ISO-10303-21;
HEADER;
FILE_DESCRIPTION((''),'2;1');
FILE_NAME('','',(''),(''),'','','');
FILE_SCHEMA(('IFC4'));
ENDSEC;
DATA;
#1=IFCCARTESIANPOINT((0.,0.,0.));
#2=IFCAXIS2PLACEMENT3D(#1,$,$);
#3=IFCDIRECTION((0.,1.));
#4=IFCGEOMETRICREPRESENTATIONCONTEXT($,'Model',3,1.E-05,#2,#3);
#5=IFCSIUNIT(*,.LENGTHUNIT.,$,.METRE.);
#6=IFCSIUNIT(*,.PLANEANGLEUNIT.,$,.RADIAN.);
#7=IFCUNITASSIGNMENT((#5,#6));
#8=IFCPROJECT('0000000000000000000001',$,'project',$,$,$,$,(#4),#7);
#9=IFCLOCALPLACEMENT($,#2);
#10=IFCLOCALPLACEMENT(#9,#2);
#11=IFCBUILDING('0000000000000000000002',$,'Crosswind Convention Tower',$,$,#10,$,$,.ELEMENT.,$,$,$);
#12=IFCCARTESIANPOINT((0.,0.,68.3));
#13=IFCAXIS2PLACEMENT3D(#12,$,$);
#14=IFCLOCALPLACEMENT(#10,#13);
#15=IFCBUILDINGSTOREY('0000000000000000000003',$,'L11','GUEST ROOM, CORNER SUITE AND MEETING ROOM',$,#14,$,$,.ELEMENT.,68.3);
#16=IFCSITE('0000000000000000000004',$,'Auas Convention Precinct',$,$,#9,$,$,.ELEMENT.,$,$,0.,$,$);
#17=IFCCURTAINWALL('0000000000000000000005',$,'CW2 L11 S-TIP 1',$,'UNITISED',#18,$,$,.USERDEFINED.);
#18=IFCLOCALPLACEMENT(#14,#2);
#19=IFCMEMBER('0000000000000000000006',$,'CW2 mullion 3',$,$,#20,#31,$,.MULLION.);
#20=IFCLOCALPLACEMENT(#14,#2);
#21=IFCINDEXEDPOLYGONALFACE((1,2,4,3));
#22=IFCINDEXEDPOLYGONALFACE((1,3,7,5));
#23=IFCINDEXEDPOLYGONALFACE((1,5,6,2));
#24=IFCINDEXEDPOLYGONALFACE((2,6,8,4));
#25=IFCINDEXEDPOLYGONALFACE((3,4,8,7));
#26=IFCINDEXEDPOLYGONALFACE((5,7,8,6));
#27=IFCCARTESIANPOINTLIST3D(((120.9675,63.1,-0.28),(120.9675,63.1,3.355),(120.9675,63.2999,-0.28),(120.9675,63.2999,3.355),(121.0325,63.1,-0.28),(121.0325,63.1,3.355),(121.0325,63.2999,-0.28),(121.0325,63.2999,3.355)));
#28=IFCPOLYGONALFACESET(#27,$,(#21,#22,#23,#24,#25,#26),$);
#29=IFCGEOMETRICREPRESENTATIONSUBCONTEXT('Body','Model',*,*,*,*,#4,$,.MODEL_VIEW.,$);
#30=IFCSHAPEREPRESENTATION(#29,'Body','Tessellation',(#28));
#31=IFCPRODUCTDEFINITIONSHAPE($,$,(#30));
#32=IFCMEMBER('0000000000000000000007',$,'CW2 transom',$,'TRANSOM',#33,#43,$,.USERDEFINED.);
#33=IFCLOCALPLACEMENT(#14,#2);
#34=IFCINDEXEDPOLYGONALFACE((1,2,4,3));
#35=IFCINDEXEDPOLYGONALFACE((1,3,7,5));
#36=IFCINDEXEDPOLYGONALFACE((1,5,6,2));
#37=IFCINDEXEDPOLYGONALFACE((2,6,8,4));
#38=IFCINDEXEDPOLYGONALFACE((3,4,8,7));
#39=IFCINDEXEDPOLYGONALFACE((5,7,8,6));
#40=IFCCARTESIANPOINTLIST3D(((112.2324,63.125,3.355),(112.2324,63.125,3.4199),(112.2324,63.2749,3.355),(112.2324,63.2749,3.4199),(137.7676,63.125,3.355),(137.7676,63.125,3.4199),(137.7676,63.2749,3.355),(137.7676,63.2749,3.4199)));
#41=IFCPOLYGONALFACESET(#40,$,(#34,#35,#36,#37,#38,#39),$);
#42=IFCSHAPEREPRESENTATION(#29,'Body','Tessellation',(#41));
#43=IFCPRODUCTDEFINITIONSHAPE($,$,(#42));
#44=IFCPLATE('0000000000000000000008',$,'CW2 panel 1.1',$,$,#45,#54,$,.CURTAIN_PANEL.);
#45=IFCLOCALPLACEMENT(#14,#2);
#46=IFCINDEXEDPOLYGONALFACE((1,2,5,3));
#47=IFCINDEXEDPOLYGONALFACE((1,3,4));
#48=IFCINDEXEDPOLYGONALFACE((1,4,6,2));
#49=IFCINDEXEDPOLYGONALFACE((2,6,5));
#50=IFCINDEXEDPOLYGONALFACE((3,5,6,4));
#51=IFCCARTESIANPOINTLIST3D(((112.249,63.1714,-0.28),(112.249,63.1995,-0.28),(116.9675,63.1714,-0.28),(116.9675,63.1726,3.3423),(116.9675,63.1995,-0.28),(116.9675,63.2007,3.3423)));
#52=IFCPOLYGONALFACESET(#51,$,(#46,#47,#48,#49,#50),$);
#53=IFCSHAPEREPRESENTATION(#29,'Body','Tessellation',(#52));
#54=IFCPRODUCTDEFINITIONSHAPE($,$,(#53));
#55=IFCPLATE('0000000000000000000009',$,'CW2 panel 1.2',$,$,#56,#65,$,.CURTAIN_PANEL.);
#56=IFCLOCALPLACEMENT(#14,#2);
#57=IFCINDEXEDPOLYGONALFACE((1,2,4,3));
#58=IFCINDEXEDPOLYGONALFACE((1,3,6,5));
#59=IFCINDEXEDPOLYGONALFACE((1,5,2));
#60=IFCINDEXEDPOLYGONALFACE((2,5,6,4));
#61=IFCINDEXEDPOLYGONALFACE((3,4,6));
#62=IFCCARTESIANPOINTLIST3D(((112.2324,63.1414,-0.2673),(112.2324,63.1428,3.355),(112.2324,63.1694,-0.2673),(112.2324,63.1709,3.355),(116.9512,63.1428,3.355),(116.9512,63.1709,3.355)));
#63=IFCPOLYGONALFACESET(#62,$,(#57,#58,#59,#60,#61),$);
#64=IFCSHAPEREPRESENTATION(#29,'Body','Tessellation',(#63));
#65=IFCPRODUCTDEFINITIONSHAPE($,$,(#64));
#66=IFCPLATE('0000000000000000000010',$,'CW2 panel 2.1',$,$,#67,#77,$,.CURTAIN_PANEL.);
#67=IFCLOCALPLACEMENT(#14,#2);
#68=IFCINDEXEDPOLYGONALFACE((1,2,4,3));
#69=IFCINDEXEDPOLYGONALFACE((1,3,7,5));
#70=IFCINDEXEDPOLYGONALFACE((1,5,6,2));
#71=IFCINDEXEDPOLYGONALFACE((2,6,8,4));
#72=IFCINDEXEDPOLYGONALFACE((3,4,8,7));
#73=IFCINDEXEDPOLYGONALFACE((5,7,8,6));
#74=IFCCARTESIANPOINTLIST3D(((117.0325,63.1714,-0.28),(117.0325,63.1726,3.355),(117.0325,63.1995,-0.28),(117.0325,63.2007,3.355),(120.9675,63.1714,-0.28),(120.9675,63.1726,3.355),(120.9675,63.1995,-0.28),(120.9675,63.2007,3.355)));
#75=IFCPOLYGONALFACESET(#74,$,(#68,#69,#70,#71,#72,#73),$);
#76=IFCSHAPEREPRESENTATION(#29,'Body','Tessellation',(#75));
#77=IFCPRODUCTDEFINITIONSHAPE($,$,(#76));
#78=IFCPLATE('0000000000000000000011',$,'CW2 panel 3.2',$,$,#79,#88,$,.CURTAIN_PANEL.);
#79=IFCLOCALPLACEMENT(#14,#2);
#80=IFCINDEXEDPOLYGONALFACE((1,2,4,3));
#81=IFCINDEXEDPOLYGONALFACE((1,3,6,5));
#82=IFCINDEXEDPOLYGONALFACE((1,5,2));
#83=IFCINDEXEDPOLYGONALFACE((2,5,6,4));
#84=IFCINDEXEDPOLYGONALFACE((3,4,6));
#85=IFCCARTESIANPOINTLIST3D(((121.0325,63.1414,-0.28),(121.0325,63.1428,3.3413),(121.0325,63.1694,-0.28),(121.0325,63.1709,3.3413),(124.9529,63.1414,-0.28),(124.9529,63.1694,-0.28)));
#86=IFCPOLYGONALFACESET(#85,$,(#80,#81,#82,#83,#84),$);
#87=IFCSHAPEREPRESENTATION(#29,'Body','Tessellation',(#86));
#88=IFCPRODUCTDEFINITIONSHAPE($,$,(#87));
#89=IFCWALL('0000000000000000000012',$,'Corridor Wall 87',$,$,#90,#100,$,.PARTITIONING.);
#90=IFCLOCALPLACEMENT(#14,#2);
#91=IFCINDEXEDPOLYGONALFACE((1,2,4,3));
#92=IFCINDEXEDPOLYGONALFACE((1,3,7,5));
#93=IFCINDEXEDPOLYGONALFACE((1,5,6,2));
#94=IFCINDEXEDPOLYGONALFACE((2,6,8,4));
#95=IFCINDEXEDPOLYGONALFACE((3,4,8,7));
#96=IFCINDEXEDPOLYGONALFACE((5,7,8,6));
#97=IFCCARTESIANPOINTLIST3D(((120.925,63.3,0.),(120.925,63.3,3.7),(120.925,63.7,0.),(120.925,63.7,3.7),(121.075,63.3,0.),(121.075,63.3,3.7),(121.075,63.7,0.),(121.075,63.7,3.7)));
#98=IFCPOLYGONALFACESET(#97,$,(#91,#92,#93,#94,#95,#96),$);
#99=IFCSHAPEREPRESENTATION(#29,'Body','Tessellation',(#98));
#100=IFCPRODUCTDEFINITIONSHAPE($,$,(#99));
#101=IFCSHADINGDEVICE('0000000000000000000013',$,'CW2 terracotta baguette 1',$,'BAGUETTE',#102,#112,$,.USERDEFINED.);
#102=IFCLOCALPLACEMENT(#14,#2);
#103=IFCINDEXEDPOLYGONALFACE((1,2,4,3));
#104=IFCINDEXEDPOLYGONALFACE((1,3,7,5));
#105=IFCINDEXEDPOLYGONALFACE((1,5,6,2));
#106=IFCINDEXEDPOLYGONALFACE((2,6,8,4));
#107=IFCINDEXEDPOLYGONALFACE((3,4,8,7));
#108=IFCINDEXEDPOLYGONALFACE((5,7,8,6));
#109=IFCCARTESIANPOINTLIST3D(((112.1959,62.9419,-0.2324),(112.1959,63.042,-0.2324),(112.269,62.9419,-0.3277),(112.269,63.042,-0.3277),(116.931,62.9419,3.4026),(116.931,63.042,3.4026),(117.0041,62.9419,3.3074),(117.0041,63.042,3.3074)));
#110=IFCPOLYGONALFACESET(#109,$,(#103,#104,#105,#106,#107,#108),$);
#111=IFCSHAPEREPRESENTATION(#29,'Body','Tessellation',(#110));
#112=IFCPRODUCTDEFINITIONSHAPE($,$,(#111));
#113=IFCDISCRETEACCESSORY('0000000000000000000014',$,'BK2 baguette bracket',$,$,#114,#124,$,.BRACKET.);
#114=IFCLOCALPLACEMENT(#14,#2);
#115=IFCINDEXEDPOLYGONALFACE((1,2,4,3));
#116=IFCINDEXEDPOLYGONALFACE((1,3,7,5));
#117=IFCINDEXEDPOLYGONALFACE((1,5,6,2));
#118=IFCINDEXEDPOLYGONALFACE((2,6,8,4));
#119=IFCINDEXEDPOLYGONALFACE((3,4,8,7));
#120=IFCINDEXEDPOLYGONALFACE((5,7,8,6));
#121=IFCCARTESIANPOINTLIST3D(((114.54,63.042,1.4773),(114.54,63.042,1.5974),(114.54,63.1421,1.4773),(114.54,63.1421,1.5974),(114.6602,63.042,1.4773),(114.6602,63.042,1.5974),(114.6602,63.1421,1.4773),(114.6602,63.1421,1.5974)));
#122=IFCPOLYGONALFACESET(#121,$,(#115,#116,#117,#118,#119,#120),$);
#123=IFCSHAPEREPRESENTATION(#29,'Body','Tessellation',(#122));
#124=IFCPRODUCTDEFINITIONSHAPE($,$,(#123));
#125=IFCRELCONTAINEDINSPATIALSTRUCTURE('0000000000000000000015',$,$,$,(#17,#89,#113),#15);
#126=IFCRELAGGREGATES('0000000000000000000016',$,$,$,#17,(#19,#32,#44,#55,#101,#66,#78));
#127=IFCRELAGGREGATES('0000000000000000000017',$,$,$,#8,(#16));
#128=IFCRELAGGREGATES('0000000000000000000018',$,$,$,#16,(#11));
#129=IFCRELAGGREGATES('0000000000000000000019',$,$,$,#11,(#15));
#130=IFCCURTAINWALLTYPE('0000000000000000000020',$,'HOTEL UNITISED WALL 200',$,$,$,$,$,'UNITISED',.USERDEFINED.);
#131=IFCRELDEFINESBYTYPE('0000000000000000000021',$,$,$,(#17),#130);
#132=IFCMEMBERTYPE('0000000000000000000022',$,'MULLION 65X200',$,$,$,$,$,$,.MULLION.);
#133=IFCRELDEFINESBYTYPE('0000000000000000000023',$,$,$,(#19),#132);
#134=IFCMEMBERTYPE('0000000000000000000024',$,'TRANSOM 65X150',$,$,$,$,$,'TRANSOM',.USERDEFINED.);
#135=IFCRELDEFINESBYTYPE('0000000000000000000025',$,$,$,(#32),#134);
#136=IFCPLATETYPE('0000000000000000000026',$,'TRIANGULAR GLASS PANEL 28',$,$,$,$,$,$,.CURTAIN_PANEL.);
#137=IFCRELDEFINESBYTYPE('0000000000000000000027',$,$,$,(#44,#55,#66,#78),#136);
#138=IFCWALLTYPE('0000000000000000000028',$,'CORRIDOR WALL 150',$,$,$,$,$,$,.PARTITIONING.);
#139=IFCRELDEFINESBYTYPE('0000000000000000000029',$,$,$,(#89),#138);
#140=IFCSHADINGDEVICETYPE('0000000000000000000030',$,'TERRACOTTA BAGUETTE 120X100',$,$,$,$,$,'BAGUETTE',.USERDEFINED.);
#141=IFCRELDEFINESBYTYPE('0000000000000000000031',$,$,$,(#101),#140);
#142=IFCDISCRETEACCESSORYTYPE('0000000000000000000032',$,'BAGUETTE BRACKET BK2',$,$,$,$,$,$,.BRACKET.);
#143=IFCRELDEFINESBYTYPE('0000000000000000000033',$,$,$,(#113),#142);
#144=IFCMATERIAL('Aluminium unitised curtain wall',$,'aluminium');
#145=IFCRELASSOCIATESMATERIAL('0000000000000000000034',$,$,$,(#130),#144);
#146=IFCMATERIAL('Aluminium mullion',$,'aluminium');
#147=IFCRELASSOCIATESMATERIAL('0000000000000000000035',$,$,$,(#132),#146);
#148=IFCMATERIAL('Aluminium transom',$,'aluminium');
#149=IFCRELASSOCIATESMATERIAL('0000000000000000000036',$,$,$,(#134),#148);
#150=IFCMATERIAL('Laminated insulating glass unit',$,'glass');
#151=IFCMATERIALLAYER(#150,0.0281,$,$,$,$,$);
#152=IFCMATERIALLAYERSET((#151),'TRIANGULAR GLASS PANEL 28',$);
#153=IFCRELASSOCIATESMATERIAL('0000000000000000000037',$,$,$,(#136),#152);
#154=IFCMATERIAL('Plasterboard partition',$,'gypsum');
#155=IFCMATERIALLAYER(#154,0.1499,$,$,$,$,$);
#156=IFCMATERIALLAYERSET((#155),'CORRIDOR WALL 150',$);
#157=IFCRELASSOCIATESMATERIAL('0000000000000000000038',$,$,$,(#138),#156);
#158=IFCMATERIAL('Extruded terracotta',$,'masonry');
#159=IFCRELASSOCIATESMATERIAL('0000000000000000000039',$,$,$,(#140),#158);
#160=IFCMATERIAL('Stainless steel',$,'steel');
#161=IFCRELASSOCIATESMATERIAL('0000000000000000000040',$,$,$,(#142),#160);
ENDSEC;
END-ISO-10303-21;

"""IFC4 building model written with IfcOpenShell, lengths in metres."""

from ifc_helpers import new_model, si_unit, direction, frame, frame_2d, origin, origin_2d, place, context, subcontext, project, spatial, polyline, rectangle, outline, extrude, material, layer, layer_set, material_profile, profile_set, type_object, element, aggregate, save


model = new_model("IFC4")

# Units and contexts
model_context = context("Model", 3, precision=1e-05, world=origin(), true_north=direction((0.0, 1.0)))
body_context = subcontext(model_context, "Body", "Model", "MODEL_VIEW")
ifc_project = project(units=[si_unit("LENGTHUNIT", "METRE"), si_unit("PLANEANGLEUNIT", "RADIAN")], contexts=[model_context])

# Site, building, storey
site_placement = place(None, origin())
site = spatial("IfcSite", under=ifc_project, at=site_placement, Name="Auas Convention Precinct", CompositionType="ELEMENT", RefElevation=0.0)
building_placement = place(site_placement, origin())
building = spatial("IfcBuilding", under=site, at=building_placement, Name="Crosswind Convention Tower", CompositionType="ELEMENT")
storey_placement = place(building_placement, frame((0.0, 0.0, 68.3)))
storey = spatial("IfcBuildingStorey", under=building, at=storey_placement, Name="L11", Description="GUEST ROOM, CORNER SUITE AND MEETING ROOM", CompositionType="ELEMENT", Elevation=68.3)

# Curtain wall, members, plates
ifc_material_1 = material(Name="Aluminium unitised curtain wall", Category="aluminium")
curtain_wall_type = type_object("IfcCurtainWallType", Name="HOTEL UNITISED WALL 200", ElementType="UNITISED", PredefinedType="USERDEFINED", material=ifc_material_1)
curtain_wall_placement = place(storey_placement, origin())
curtain_wall = element("IfcCurtainWall", 1, at=curtain_wall_placement, inside=storey, type_object=curtain_wall_type, Name="CW2 L11 S-TIP 1", ObjectType="UNITISED", PredefinedType="USERDEFINED")
ifc_material_2 = material(Name="Aluminium mullion", Category="aluminium")
ifc_material_profile_1 = material_profile(ifc_material_2, rectangle(XDim=0.2, YDim=0.0649, at=origin_2d()), Name="AL 200X65")
ifc_profile_set_1 = profile_set([ifc_material_profile_1], Name="Aluminium mullion")
member_type_1 = type_object("IfcMemberType", Name="MULLION 65X200", PredefinedType="MULLION", material=ifc_profile_set_1)
member_1_placement = place(storey_placement, frame((121.0, 63.2, -0.28), z_axis=(0.0, 0.0, 1.0), x_axis=(0.0, -1.0, 0.0)))
member_1 = element("IfcMember", 2, at=member_1_placement, type_object=member_type_1, Name="CW2 mullion 3", PredefinedType="MULLION", context=body_context, shape_type="SweptSolid", body=[
    extrude(rectangle(XDim=0.2, YDim=0.0649, at=origin_2d()), origin(), (0.0, 0.0, 1.0), 3.635),
])
ifc_material_3 = material(Name="Aluminium transom", Category="aluminium")
ifc_material_profile_2 = material_profile(ifc_material_3, rectangle(XDim=0.1499, YDim=0.0649, at=origin_2d()), Name="AL 150X65")
ifc_profile_set_2 = profile_set([ifc_material_profile_2], Name="Aluminium transom")
member_type_2 = type_object("IfcMemberType", Name="TRANSOM 65X150", ElementType="TRANSOM", PredefinedType="USERDEFINED", material=ifc_profile_set_2)
member_2_placement = place(storey_placement, frame((112.2324, 63.2, 3.3875), z_axis=(1.0, 0.0, 0.0), x_axis=(0.0, 1.0, 0.0)))
member_2 = element("IfcMember", 3, at=member_2_placement, type_object=member_type_2, Name="CW2 transom", ObjectType="TRANSOM", PredefinedType="USERDEFINED", context=body_context, shape_type="SweptSolid", body=[
    extrude(rectangle(XDim=0.1499, YDim=0.0649, at=origin_2d()), origin(), (0.0, 0.0, 1.0), 25.5352),
])
ifc_material_4 = material(Name="Laminated insulating glass unit", Category="glass")
ifc_layer_1 = layer(ifc_material_4, 0.0281)
ifc_layer_set_1 = layer_set([ifc_layer_1], Name="TRIANGULAR GLASS PANEL 28")
plate_type = type_object("IfcPlateType", Name="TRIANGULAR GLASS PANEL 28", PredefinedType="CURTAIN_PANEL", material=ifc_layer_set_1)
plate_1_placement = place(storey_placement, frame((116.9675, 63.1714, -0.28), z_axis=(0.0, -1.0, 0.000337), x_axis=(0.0, 0.000337, 1.0)))
plate_1 = element("IfcPlate", 4, at=plate_1_placement, type_object=plate_type, Name="CW2 panel 1.1", PredefinedType="CURTAIN_PANEL", context=body_context, shape_type="SweptSolid", body=[
    extrude(outline(polyline([(0.0, 0.0), (3.6223, 0.0), (0.0, 4.7185), (0.0, 0.0)])), origin(), (0.0, 0.0, -1.0), 0.0281),
])
plate_2_placement = place(storey_placement, frame((112.2324, 63.1428, 3.355), z_axis=(0.0, -1.0, 0.000404), x_axis=(0.0, -0.000404, -1.0)))
plate_2 = element("IfcPlate", 5, at=plate_2_placement, type_object=plate_type, Name="CW2 panel 1.2", PredefinedType="CURTAIN_PANEL", context=body_context, shape_type="SweptSolid", body=[
    extrude(outline(polyline([(0.0, 0.0), (3.6223, 0.0), (0.0, 4.7188), (0.0, 0.0)])), origin(), (0.0, 0.0, -1.0), 0.0281),
])
plate_3_placement = place(storey_placement, frame((117.0325, 63.1714, -0.28), z_axis=(0.0, -1.0, 0.000336), x_axis=(1.0, 0.0, 0.0)))
plate_3 = element("IfcPlate", 6, at=plate_3_placement, type_object=plate_type, Name="CW2 panel 2.1", PredefinedType="CURTAIN_PANEL", context=body_context, shape_type="SweptSolid", body=[
    extrude(outline(polyline([(0.0, 0.0), (3.9351, 0.0), (3.9351, 3.635), (0.0, 3.635), (0.0, 0.0)])), origin(), (0.0, 0.0, -1.0), 0.0281),
])
plate_4_placement = place(storey_placement, frame((121.0325, 63.1414, -0.28), z_axis=(0.0, -1.0, 0.000405), x_axis=(1.0, 0.0, 0.0)))
plate_4 = element("IfcPlate", 7, at=plate_4_placement, type_object=plate_type, Name="CW2 panel 3.2", PredefinedType="CURTAIN_PANEL", context=body_context, shape_type="SweptSolid", body=[
    extrude(outline(polyline([(0.0, 0.0), (3.9204, 0.0), (0.0, 3.6213), (0.0, 0.0)])), origin(), (0.0, 0.0, -1.0), 0.0281),
])

# Wall
ifc_material_5 = material(Name="Plasterboard partition", Category="gypsum")
ifc_layer_2 = layer(ifc_material_5, 0.1499)
ifc_layer_set_2 = layer_set([ifc_layer_2], Name="CORRIDOR WALL 150")
wall_type_1 = type_object("IfcWallType", Name="CORRIDOR WALL 150", PredefinedType="PARTITIONING", material=ifc_layer_set_2)
wall_1_placement = place(storey_placement, frame((121.0, 63.3, 0.0), z_axis=(0.0, 0.0, 1.0), x_axis=(0.0, 1.0, 0.0)))
element("IfcWall", 8, at=wall_1_placement, inside=storey, type_object=wall_type_1, Name="Corridor Wall 87", PredefinedType="PARTITIONING", context=body_context, shape_type="SweptSolid", body=[
    extrude(rectangle(XDim=0.3999, YDim=0.1499, at=frame_2d((0.2, 0.0))), origin(), (0.0, 0.0, 1.0), 3.7),
])

# Shading device
ifc_material_6 = material(Name="Extruded terracotta", Category="masonry")
ifc_material_profile_3 = material_profile(ifc_material_6, rectangle(XDim=0.1001, YDim=0.1201, at=origin_2d()), Name="TC 100X120")
ifc_profile_set_3 = profile_set([ifc_material_profile_3], Name="Extruded terracotta")
shading_device_type = type_object("IfcShadingDeviceType", Name="TERRACOTTA BAGUETTE 120X100", ElementType="BAGUETTE", PredefinedType="USERDEFINED", material=ifc_profile_set_3)
shading_device_placement = place(storey_placement, frame((112.2324, 62.9919, -0.28), z_axis=(0.793221, 0.0, 0.608934), x_axis=(0.0, 1.0, 0.0)))
shading_device = element("IfcShadingDevice", 9, at=shading_device_placement, type_object=shading_device_type, Name="CW2 terracotta baguette 1", ObjectType="BAGUETTE", PredefinedType="USERDEFINED", context=body_context, shape_type="SweptSolid", body=[
    extrude(rectangle(XDim=0.1001, YDim=0.1201, at=origin_2d()), origin(), (0.0, 0.0, 1.0), 5.9695),
])
aggregate(curtain_wall, [member_1, member_2, plate_1, plate_2, shading_device, plate_3, plate_4])

# Discrete accessory
ifc_material_7 = material(Name="Stainless steel", Category="steel")
discrete_accessory_type = type_object("IfcDiscreteAccessoryType", Name="BAGUETTE BRACKET BK2", PredefinedType="BRACKET", material=ifc_material_7)
discrete_accessory_placement = place(storey_placement, frame((114.6001, 63.092, 1.4773), z_axis=(0.0, 0.0, 1.0), x_axis=(1.0, 0.0, 0.0)))
element("IfcDiscreteAccessory", 10, at=discrete_accessory_placement, inside=storey, type_object=discrete_accessory_type, Name="BK2 baguette bracket", PredefinedType="BRACKET", context=body_context, shape_type="SweptSolid", body=[
    extrude(rectangle(XDim=0.1201, YDim=0.1001, at=origin_2d()), origin(), (0.0, 0.0, 1.0), 0.1201),
])

save(model, "model.ifc")
